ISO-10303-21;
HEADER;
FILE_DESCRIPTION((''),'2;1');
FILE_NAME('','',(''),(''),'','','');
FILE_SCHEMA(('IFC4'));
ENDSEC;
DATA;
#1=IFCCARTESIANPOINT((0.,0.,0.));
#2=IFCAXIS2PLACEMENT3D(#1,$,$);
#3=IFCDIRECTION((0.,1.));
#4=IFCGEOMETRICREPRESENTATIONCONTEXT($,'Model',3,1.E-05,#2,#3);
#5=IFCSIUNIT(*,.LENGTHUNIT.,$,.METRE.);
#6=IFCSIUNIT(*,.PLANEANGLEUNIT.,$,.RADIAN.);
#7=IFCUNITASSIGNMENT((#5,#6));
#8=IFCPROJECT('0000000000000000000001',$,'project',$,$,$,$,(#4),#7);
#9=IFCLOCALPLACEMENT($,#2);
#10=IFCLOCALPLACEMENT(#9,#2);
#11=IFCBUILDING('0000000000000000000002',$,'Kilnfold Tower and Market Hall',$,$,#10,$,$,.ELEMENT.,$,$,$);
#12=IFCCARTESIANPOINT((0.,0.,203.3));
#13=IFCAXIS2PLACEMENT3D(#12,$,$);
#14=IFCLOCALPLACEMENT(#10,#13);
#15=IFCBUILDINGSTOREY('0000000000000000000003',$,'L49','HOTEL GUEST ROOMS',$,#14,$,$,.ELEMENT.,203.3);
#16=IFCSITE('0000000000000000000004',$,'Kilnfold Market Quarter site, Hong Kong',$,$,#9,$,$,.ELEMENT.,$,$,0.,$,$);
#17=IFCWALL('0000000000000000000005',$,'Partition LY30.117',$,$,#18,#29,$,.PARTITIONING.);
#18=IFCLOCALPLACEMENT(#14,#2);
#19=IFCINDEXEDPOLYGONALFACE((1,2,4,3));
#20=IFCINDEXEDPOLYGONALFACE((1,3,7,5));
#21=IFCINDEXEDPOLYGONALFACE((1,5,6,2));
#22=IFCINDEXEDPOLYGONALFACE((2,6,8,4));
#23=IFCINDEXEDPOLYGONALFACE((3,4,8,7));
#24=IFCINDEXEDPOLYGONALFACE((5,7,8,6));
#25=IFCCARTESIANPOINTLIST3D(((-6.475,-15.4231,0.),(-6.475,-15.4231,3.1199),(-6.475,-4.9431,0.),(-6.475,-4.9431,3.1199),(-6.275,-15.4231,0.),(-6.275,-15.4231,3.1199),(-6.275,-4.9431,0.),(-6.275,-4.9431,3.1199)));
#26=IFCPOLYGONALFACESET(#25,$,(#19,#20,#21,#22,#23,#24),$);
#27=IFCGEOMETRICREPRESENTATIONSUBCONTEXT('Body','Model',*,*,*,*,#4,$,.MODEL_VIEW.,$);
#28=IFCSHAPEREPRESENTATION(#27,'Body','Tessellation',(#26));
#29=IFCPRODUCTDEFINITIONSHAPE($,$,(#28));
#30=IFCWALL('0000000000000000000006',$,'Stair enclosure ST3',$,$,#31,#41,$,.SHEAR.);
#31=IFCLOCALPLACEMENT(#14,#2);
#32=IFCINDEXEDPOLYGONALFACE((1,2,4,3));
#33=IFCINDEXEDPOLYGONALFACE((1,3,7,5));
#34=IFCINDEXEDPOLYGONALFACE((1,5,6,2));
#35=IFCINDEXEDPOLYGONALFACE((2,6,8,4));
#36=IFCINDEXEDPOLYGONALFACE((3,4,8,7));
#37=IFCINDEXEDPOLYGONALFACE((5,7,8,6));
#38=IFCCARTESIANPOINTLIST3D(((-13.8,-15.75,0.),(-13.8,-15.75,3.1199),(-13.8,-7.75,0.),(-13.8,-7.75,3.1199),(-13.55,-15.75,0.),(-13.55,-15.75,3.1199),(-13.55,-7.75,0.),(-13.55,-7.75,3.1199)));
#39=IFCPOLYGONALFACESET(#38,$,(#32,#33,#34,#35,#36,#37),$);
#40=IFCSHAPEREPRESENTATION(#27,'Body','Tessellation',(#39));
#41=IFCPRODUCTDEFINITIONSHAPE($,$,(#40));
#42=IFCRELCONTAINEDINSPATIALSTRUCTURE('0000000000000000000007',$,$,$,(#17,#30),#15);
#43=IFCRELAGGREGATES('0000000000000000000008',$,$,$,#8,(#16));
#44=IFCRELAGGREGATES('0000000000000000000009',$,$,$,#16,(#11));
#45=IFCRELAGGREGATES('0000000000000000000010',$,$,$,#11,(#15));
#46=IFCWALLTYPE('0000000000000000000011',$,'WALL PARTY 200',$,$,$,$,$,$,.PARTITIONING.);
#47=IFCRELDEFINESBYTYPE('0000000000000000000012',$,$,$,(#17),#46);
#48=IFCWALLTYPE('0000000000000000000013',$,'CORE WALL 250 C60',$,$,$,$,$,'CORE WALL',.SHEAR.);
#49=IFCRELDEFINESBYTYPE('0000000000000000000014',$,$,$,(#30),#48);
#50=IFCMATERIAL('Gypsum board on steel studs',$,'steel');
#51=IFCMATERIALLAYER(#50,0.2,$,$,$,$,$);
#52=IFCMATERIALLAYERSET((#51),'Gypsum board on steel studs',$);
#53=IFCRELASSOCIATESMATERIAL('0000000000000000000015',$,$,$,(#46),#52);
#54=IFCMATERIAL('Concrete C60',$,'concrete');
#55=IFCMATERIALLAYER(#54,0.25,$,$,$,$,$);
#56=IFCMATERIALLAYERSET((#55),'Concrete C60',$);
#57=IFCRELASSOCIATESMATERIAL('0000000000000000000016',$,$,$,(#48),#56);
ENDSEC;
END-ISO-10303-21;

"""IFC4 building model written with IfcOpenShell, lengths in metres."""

from ifc_helpers import new_model, si_unit, direction, frame, frame_2d, origin, place, context, subcontext, project, spatial, rectangle, extrude, source, transform, mapped, material, layer, layer_set, type_object, element, save


model = new_model("IFC4")

# Units and contexts
model_context = context("Model", 3, precision=1e-05, world=origin(), true_north=direction((0.0, 1.0)))
body_context = subcontext(model_context, "Body", "Model", "MODEL_VIEW")
ifc_project = project(units=[si_unit("LENGTHUNIT", "METRE"), si_unit("PLANEANGLEUNIT", "RADIAN")], contexts=[model_context])

# Site, building, storey
site_placement = place(None, origin())
site = spatial("IfcSite", under=ifc_project, at=site_placement, Name="Kilnfold Market Quarter site, Hong Kong", CompositionType="ELEMENT", RefElevation=0.0)
building_placement = place(site_placement, origin())
building = spatial("IfcBuilding", under=site, at=building_placement, Name="Kilnfold Tower and Market Hall", CompositionType="ELEMENT")
storey_placement = place(building_placement, frame((0.0, 0.0, 203.3)))
storey = spatial("IfcBuildingStorey", under=building, at=storey_placement, Name="L49", Description="HOTEL GUEST ROOMS", CompositionType="ELEMENT", Elevation=203.3)

# Walls
ifc_material_1 = material(Name="Gypsum board on steel studs", Category="steel")
ifc_layer_1 = layer(ifc_material_1, 0.2)
ifc_layer_set_1 = layer_set([ifc_layer_1], Name="Gypsum board on steel studs")
wall_type_1 = type_object("IfcWallType", Name="WALL PARTY 200", PredefinedType="PARTITIONING", material=ifc_layer_set_1)
wall_1_placement = place(storey_placement, frame((-6.375, -15.4231, 0.0), z_axis=(0.0, 0.0, 1.0), x_axis=(0.0, 1.0, 0.0)))
element("IfcWall", 1, at=wall_1_placement, inside=storey, type_object=wall_type_1, Name="Partition LY30.117", PredefinedType="PARTITIONING", context=body_context, shape_type="SweptSolid", body=[
    extrude(rectangle(XDim=10.48, YDim=0.2, at=frame_2d((5.24, 0.0))), origin(), (0.0, 0.0, 1.0), 3.1199),
])
ifc_material_2 = material(Name="Concrete C60", Category="concrete")
ifc_layer_2 = layer(ifc_material_2, 0.25)
ifc_layer_set_2 = layer_set([ifc_layer_2], Name="Concrete C60")
wall_type_2 = type_object("IfcWallType", Name="CORE WALL 250 C60", ElementType="CORE WALL", PredefinedType="SHEAR", material=ifc_layer_set_2)
shared_shape_1 = source(origin(), body_context, "Body", "SweptSolid", [
    extrude(rectangle(XDim=8.0, YDim=0.25, at=frame_2d((4.0, 0.0))), origin(), (0.0, 0.0, 1.0), 3.1199),
])
wall_2_placement = place(storey_placement, frame((-13.675, -15.75, 0.0), z_axis=(0.0, 0.0, 1.0), x_axis=(0.0, 1.0, 0.0)))
element("IfcWall", 2, at=wall_2_placement, inside=storey, type_object=wall_type_2, Name="Stair enclosure ST3", PredefinedType="SHEAR", context=body_context, shape_type="MappedRepresentation", body=[
    mapped(shared_shape_1, transform((0.0, 0.0, 0.0))),
])

save(model, "model.ifc")
